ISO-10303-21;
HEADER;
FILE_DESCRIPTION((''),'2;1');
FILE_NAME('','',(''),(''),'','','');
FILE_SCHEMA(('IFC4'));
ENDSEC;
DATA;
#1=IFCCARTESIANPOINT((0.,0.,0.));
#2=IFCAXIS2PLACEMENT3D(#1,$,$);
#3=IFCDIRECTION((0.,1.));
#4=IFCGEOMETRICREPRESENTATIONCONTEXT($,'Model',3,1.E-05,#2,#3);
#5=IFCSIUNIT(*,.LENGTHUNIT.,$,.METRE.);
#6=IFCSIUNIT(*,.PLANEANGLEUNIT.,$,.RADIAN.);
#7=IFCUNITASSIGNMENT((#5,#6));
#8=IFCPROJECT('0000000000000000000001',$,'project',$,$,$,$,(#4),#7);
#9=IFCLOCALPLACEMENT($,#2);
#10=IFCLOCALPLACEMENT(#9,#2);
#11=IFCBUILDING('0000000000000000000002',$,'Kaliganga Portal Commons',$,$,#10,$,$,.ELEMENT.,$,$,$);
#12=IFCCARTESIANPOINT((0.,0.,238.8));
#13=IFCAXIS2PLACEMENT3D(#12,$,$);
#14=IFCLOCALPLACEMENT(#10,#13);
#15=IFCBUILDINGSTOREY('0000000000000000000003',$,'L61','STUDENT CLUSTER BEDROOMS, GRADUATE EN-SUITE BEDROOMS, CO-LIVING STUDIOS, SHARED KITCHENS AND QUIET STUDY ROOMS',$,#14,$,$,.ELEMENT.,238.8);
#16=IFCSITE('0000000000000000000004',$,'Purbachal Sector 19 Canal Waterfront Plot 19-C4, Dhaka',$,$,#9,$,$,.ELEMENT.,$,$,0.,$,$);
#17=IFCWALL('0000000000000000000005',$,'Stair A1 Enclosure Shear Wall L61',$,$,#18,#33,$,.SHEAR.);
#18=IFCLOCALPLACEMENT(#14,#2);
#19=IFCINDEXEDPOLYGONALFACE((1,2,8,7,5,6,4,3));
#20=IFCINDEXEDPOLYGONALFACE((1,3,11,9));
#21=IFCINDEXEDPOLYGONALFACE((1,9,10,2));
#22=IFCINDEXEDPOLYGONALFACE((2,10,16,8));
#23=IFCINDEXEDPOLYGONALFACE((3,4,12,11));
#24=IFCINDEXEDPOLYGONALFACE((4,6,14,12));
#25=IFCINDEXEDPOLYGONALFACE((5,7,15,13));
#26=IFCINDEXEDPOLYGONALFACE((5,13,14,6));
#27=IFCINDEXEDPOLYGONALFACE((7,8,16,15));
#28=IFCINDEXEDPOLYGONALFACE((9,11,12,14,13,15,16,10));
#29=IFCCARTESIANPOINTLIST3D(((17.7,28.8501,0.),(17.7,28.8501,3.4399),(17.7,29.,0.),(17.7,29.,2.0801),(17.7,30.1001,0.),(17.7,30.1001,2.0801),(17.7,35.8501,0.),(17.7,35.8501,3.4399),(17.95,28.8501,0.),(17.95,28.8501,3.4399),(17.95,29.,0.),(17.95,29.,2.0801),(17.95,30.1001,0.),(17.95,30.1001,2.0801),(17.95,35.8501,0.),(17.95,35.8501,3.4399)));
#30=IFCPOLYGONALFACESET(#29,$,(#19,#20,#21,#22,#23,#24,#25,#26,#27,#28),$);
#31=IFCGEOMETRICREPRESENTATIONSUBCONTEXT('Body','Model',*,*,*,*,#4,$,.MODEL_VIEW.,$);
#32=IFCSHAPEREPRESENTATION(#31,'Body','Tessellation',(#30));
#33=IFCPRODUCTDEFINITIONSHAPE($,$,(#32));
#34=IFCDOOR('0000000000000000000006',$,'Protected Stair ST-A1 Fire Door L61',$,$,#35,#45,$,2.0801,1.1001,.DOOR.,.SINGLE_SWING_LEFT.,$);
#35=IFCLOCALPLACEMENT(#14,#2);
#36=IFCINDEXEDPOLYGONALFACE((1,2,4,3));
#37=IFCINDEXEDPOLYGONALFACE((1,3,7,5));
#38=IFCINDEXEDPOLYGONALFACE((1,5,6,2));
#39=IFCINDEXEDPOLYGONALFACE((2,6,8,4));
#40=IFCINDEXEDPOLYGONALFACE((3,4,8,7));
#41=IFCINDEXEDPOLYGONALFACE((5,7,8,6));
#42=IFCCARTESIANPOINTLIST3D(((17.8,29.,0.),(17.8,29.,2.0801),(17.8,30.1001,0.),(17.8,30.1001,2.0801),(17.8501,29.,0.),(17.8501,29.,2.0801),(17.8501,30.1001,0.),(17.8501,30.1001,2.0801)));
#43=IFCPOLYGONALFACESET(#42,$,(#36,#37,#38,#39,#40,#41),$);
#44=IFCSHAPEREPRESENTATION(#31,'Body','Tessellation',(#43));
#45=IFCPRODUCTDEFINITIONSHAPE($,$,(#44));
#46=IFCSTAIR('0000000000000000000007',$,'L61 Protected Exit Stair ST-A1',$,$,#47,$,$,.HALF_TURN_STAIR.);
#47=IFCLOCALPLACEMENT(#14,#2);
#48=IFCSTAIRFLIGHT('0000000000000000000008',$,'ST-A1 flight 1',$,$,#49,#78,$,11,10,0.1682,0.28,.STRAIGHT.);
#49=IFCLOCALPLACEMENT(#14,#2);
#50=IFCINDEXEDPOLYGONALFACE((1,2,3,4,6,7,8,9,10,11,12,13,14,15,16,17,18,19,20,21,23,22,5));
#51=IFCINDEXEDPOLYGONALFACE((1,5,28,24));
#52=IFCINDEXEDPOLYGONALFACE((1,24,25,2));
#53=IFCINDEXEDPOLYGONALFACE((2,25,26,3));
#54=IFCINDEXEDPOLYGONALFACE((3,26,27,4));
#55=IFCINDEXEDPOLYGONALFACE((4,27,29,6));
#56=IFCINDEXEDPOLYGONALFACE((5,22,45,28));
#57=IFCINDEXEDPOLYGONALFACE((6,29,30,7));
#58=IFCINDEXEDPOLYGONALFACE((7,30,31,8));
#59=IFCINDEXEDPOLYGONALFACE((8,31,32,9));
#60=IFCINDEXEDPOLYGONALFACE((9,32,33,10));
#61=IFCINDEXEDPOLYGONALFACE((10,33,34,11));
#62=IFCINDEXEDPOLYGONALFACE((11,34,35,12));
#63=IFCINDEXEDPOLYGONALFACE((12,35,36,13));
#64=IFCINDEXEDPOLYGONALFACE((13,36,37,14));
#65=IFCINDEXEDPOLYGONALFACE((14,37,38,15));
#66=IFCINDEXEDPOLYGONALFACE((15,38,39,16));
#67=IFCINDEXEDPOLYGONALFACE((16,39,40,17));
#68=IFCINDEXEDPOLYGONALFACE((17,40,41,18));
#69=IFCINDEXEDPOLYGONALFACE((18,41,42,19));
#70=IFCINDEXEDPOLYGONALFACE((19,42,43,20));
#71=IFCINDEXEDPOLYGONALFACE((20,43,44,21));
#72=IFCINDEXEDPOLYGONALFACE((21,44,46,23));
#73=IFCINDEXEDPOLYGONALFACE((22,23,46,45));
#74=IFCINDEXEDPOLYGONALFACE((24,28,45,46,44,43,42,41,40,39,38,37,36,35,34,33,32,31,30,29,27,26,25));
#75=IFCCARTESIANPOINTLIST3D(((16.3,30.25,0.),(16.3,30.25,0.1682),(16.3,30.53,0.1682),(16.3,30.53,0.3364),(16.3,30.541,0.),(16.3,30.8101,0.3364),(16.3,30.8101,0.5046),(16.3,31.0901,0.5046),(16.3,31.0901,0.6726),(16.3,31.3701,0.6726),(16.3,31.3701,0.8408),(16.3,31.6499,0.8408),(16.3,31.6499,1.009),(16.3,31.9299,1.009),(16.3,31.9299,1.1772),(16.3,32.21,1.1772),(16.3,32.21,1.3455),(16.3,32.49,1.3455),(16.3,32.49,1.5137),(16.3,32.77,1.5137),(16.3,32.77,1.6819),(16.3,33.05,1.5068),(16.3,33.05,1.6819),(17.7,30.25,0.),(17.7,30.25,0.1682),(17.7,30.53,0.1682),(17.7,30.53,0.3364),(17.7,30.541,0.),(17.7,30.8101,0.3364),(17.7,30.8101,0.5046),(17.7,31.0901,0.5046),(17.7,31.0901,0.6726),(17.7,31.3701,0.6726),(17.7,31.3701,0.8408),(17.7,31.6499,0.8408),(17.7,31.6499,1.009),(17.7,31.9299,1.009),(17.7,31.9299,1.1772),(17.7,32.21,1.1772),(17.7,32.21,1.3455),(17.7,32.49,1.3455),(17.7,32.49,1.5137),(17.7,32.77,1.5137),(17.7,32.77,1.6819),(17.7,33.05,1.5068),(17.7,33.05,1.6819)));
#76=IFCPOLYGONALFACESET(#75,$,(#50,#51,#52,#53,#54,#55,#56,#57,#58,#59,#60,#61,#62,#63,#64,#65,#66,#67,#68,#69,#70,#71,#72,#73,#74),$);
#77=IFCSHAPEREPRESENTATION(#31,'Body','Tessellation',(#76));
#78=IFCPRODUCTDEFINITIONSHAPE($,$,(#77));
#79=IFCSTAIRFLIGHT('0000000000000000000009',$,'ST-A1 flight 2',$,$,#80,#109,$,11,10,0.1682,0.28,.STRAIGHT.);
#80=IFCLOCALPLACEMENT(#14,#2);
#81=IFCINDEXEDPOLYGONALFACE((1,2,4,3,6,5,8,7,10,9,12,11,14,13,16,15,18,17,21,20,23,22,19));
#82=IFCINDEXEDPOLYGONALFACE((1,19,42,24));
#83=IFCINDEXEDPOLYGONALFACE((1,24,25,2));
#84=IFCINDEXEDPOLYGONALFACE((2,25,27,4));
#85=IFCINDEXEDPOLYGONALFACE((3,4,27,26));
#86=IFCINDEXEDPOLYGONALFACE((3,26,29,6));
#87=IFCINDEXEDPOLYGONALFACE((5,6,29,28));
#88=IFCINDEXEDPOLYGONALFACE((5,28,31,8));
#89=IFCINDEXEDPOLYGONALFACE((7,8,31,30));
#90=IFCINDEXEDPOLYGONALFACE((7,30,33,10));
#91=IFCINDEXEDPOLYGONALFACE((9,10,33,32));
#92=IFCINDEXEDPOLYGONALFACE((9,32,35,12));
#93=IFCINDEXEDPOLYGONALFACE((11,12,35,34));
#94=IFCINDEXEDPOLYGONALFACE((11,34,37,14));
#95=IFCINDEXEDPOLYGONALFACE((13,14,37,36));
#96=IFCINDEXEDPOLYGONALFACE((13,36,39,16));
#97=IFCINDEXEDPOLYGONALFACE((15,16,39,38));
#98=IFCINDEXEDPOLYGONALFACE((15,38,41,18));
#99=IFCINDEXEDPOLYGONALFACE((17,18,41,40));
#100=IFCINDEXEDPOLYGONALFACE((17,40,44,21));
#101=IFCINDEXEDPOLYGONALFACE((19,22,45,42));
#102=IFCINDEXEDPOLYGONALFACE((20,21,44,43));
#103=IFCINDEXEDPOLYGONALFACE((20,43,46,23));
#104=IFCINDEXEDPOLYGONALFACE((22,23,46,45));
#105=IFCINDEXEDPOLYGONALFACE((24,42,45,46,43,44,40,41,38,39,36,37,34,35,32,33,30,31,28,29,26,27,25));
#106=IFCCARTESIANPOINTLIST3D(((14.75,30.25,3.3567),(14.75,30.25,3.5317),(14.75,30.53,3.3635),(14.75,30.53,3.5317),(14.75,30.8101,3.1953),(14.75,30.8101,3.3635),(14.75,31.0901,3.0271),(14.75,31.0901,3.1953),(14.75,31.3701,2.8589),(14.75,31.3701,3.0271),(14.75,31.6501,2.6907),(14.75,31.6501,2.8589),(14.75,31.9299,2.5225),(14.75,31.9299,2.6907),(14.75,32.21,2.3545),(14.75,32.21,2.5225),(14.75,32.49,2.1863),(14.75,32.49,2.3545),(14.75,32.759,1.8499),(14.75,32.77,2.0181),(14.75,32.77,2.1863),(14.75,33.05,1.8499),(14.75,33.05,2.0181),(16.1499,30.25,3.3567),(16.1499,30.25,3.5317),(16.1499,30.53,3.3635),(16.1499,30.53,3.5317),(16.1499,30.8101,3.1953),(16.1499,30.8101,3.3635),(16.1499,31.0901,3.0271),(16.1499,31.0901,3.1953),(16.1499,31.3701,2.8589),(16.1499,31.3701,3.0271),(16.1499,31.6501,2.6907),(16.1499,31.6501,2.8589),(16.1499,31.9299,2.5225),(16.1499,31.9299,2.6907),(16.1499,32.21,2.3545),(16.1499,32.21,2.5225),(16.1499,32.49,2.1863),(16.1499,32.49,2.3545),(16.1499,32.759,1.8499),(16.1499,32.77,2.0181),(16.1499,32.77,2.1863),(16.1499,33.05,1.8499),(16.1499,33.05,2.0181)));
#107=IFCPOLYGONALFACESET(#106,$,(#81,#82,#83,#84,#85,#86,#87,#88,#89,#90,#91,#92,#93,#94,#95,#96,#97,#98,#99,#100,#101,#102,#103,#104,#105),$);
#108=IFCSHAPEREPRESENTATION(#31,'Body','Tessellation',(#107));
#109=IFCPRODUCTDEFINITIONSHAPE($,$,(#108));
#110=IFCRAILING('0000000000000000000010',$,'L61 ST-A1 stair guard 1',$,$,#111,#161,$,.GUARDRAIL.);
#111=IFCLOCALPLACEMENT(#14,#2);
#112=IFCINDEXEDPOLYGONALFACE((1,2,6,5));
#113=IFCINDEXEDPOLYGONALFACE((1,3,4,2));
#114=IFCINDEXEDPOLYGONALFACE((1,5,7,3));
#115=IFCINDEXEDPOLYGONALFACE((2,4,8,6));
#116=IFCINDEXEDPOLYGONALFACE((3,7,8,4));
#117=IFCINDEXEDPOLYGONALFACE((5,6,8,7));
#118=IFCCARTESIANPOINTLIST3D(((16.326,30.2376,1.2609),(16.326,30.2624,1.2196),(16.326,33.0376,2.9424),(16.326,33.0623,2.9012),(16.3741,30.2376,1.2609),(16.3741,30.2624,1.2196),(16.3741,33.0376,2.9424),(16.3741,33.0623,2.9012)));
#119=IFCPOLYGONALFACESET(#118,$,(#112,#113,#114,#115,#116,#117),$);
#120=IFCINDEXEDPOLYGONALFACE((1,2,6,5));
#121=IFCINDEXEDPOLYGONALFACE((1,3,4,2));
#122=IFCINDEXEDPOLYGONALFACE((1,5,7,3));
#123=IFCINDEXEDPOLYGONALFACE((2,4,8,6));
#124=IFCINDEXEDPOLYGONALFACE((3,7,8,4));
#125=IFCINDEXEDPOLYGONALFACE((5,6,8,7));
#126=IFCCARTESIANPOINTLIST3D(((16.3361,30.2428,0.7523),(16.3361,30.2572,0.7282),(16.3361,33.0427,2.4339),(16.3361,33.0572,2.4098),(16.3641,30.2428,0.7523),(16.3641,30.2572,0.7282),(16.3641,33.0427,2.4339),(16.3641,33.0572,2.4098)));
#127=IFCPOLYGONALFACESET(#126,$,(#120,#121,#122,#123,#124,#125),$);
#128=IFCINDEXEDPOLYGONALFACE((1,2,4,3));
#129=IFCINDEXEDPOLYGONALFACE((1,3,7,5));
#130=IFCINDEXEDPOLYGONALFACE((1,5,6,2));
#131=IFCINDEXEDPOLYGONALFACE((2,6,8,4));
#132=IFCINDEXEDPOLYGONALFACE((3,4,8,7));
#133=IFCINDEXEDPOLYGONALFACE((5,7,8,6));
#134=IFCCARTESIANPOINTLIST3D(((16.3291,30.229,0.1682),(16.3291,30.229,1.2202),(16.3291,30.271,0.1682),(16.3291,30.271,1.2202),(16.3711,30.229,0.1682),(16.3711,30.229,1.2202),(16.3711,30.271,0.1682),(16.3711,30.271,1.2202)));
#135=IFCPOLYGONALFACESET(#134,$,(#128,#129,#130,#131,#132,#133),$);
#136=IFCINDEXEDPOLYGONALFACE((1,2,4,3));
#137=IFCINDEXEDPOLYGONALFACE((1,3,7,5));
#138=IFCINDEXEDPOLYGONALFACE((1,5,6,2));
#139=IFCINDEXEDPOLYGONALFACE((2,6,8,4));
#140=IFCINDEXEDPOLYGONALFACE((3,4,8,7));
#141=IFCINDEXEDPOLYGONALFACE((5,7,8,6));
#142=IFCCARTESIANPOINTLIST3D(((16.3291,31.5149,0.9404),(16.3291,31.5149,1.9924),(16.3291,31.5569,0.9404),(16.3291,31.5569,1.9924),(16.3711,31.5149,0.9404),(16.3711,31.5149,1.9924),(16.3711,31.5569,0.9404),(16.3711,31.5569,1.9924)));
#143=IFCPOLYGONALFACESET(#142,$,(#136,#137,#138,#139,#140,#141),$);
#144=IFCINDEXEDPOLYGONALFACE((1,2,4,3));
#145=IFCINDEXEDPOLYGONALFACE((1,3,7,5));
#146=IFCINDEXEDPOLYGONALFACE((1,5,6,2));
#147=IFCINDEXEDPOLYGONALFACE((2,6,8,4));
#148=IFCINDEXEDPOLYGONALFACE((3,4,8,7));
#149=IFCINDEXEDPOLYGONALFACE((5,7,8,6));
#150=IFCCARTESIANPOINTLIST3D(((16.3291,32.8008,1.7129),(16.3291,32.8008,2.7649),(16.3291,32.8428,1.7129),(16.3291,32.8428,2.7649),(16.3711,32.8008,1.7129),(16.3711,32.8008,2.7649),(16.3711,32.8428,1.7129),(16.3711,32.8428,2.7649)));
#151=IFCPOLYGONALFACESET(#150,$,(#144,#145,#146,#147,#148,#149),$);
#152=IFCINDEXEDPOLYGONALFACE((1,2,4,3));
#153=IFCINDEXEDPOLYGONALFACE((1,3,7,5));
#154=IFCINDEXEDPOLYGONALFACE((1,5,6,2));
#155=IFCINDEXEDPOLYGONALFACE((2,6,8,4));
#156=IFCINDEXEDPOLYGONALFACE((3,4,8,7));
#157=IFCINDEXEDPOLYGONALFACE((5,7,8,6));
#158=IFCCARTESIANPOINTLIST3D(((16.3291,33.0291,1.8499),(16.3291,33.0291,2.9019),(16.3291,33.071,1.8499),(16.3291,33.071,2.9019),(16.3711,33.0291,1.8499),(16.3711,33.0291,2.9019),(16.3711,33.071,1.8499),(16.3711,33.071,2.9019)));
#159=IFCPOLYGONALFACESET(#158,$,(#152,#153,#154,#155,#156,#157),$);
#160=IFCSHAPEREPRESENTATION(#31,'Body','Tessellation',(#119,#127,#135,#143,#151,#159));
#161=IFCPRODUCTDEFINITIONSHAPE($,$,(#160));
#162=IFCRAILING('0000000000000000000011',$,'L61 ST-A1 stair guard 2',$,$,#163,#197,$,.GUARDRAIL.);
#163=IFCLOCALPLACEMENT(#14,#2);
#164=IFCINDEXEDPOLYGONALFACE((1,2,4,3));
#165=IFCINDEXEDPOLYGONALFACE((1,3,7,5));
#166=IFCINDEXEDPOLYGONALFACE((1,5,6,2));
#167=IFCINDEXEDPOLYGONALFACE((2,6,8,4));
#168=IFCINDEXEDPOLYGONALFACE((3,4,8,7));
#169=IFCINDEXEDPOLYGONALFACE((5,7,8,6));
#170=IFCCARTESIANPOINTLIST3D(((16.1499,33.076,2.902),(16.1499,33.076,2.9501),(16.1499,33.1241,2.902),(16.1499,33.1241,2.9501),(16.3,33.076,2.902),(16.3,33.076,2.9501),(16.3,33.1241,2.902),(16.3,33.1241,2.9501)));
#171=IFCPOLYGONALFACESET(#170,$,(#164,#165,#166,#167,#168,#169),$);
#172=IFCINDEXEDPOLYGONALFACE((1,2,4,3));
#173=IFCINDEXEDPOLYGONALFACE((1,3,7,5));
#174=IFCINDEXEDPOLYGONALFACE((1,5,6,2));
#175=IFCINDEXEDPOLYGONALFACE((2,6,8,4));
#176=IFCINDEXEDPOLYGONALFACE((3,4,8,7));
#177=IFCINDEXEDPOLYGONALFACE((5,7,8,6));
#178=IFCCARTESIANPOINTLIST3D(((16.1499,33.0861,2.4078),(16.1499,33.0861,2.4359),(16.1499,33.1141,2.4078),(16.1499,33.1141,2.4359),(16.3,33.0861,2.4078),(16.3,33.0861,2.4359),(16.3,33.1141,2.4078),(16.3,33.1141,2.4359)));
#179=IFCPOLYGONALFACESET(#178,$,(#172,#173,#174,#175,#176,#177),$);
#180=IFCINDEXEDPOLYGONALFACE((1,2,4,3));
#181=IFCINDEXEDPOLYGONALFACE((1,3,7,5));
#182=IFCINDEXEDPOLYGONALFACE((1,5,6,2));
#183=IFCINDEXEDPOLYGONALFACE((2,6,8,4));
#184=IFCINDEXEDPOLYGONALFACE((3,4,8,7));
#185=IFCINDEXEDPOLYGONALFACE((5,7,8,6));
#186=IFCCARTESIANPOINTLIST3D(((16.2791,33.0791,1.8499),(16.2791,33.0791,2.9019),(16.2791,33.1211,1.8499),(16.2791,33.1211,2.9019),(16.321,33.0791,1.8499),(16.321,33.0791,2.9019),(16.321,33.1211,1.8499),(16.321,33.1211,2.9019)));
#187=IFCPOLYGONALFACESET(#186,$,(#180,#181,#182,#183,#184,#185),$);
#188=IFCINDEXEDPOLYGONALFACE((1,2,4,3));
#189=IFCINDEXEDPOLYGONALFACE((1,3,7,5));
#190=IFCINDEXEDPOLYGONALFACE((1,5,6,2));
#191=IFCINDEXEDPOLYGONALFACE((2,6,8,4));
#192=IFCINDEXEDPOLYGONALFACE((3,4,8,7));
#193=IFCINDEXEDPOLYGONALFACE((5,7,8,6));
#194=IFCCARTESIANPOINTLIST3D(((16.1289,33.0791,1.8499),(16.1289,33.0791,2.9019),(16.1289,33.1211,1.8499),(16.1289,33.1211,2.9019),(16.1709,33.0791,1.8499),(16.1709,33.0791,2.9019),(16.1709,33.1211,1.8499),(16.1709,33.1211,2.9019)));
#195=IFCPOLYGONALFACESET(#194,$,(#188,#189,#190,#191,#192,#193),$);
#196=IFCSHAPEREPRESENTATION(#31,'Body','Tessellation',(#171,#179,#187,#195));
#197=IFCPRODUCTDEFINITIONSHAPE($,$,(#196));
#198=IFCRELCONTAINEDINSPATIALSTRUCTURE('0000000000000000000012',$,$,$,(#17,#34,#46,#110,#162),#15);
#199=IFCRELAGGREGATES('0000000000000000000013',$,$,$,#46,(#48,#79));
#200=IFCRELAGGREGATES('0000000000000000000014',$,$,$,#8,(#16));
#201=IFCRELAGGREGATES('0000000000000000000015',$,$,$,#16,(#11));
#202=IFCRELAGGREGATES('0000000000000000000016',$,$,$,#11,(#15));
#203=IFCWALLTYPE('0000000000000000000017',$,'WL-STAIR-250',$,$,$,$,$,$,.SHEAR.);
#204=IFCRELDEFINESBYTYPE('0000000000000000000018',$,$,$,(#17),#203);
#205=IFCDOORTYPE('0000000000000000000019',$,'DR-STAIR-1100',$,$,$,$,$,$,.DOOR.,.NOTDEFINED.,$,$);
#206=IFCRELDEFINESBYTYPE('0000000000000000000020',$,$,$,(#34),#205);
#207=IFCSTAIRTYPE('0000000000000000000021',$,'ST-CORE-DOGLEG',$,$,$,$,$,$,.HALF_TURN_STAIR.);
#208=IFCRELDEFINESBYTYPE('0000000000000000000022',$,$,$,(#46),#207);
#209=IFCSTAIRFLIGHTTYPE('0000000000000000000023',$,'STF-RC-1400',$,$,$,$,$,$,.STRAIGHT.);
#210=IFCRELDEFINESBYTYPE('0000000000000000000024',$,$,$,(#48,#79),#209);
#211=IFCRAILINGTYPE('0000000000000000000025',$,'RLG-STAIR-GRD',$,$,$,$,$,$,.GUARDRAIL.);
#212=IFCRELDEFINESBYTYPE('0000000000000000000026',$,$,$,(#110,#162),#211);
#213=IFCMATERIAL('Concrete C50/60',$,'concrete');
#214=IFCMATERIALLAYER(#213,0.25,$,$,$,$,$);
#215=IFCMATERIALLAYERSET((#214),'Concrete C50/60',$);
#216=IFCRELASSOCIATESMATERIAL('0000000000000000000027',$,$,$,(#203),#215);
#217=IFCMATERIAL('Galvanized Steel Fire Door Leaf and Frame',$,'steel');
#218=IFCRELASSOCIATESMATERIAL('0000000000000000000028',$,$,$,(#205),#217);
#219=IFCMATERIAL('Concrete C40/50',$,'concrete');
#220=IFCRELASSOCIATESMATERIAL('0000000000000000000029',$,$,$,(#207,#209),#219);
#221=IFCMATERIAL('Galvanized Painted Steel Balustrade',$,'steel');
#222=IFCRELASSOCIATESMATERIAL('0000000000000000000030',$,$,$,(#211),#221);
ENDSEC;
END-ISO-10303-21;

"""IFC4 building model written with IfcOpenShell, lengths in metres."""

from ifc_helpers import new_model, si_unit, direction, frame, frame_2d, origin, origin_2d, place, context, subcontext, project, spatial, polyline, rectangle, outline, extrude, material, layer, layer_set, type_object, element, fill, aggregate, save


model = new_model("IFC4")

# Units and contexts
model_context = context("Model", 3, precision=1e-05, world=origin(), true_north=direction((0.0, 1.0)))
body_context = subcontext(model_context, "Body", "Model", "MODEL_VIEW")
ifc_project = project(units=[si_unit("LENGTHUNIT", "METRE"), si_unit("PLANEANGLEUNIT", "RADIAN")], contexts=[model_context])

# Site, building, storey
site_placement = place(None, origin())
site = spatial("IfcSite", under=ifc_project, at=site_placement, Name="Purbachal Sector 19 Canal Waterfront Plot 19-C4, Dhaka", CompositionType="ELEMENT", RefElevation=0.0)
building_placement = place(site_placement, origin())
building = spatial("IfcBuilding", under=site, at=building_placement, Name="Kaliganga Portal Commons", CompositionType="ELEMENT")
storey_placement = place(building_placement, frame((0.0, 0.0, 238.8)))
storey = spatial("IfcBuildingStorey", under=building, at=storey_placement, Name="L61", Description="STUDENT CLUSTER BEDROOMS, GRADUATE EN-SUITE BEDROOMS, CO-LIVING STUDIOS, SHARED KITCHENS AND QUIET STUDY ROOMS", CompositionType="ELEMENT", Elevation=238.8)

# Shared definitions
ifc_material_1 = material(Name="Concrete C50/60", Category="concrete")

# Wall, opening, door
ifc_layer_1 = layer(ifc_material_1, 0.25)
ifc_layer_set_1 = layer_set([ifc_layer_1], Name="Concrete C50/60")
wall_type_1 = type_object("IfcWallType", Name="WL-STAIR-250", PredefinedType="SHEAR", material=ifc_layer_set_1)
wall_1_placement = place(storey_placement, frame((17.825, 28.8501, 0.0), z_axis=(0.0, 0.0, 1.0), x_axis=(0.0, 1.0, 0.0)))
wall_1 = element("IfcWall", 1, at=wall_1_placement, inside=storey, type_object=wall_type_1, Name="Stair A1 Enclosure Shear Wall L61", PredefinedType="SHEAR", context=body_context, shape_type="SweptSolid", body=[
    extrude(rectangle(XDim=7.0, YDim=0.25, at=frame_2d((3.5, 0.0))), origin(), (0.0, 0.0, 1.0), 3.4399),
])
opening_1_placement = place(wall_1_placement, frame((0.1499, 0.0, 0.0)))
opening_1 = element("IfcOpeningElement", 2, at=opening_1_placement, cuts=wall_1, PredefinedType="OPENING", context=body_context, shape_type="SweptSolid", body=[
    extrude(rectangle(XDim=1.1001, YDim=2.0801, at=frame_2d((0.55, 1.04))), frame((0.0, 0.135, 0.0), z_axis=(0.0, -1.0, 0.0), x_axis=(1.0, 0.0, 0.0)), (0.0, 0.0, 1.0), 0.27),
])
ifc_material_2 = material(Name="Galvanized Steel Fire Door Leaf and Frame", Category="steel")
door_type_1 = type_object("IfcDoorType", Name="DR-STAIR-1100", OperationType="NOTDEFINED", PredefinedType="DOOR", material=ifc_material_2)
door_1_placement = place(opening_1_placement, origin())
door_1 = element("IfcDoor", 3, at=door_1_placement, inside=storey, type_object=door_type_1, Name="Protected Stair ST-A1 Fire Door L61", OperationType="SINGLE_SWING_LEFT", OverallHeight=2.0801, OverallWidth=1.1001, PredefinedType="DOOR", context=body_context, shape_type="SweptSolid", body=[
    extrude(rectangle(XDim=1.1001, YDim=2.0801, at=frame_2d((0.55, 1.04))), frame((0.0, 0.0249, 0.0), z_axis=(0.0, -1.0, 0.0), x_axis=(1.0, 0.0, 0.0)), (0.0, 0.0, 1.0), 0.05),
])
fill(opening_1, door_1)

# Stair, stair flights
ifc_material_3 = material(Name="Concrete C40/50", Category="concrete")
stair_type = type_object("IfcStairType", Name="ST-CORE-DOGLEG", PredefinedType="HALF_TURN_STAIR", material=ifc_material_3)
stair_placement = place(storey_placement, origin())
stair = element("IfcStair", 4, at=stair_placement, inside=storey, type_object=stair_type, Name="L61 Protected Exit Stair ST-A1", PredefinedType="HALF_TURN_STAIR")
stair_flight_type = type_object("IfcStairFlightType", Name="STF-RC-1400", PredefinedType="STRAIGHT", material=ifc_material_3)
stair_flight_1_placement = place(storey_placement, frame((17.0, 30.25, 0.0), z_axis=(0.0, 0.0, 1.0), x_axis=(0.0, 1.0, 0.0)))
stair_flight_1 = element("IfcStairFlight", 5, at=stair_flight_1_placement, type_object=stair_flight_type, Name="ST-A1 flight 1", NumberOfRisers=11, NumberOfTreads=10, PredefinedType="STRAIGHT", RiserHeight=0.1682, TreadLength=0.28, context=body_context, shape_type="SweptSolid", body=[
    extrude(outline(polyline([(0.0, 0.0), (0.0, 0.1682), (0.28, 0.1682), (0.28, 0.3364), (0.5601, 0.3364), (0.5601, 0.5046), (0.8401, 0.5046), (0.8401, 0.6726), (1.1201, 0.6726), (1.1201, 0.8408), (1.3999, 0.8408), (1.3999, 1.009), (1.6799, 1.009), (1.6799, 1.1772), (1.96, 1.1772), (1.96, 1.3455), (2.24, 1.3455), (2.24, 1.5137), (2.52, 1.5137), (2.52, 1.6819), (2.8, 1.6819), (2.8, 1.8501), (2.8, 1.5068), (0.291, 0.0), (0.0, 0.0)])), frame((0.0, 0.7, 0.0), z_axis=(0.0, -1.0, 0.0), x_axis=(1.0, 0.0, 0.0)), (0.0, 0.0, 1.0), 1.3999),
])
stair_flight_2_placement = place(storey_placement, frame((15.45, 33.05, 1.8499), z_axis=(0.0, 0.0, 1.0), x_axis=(0.0, -1.0, 0.0)))
stair_flight_2 = element("IfcStairFlight", 6, at=stair_flight_2_placement, type_object=stair_flight_type, Name="ST-A1 flight 2", NumberOfRisers=11, NumberOfTreads=10, PredefinedType="STRAIGHT", RiserHeight=0.1682, TreadLength=0.28, context=body_context, shape_type="SweptSolid", body=[
    extrude(outline(polyline([(0.0, 0.0), (0.0, 0.1682), (0.28, 0.1682), (0.28, 0.3364), (0.5601, 0.3364), (0.5601, 0.5046), (0.8401, 0.5046), (0.8401, 0.6726), (1.1201, 0.6726), (1.1201, 0.8408), (1.3999, 0.8408), (1.3999, 1.009), (1.6799, 1.009), (1.6799, 1.1772), (1.96, 1.1772), (1.96, 1.3455), (2.24, 1.3455), (2.24, 1.5137), (2.52, 1.5137), (2.52, 1.6819), (2.8, 1.6819), (2.8, 1.8501), (2.8, 1.5068), (0.291, 0.0), (0.0, 0.0)])), frame((0.0, 0.7, 0.0), z_axis=(0.0, -1.0, 0.0), x_axis=(1.0, 0.0, 0.0)), (0.0, 0.0, 1.0), 1.3999),
])
aggregate(stair, [stair_flight_1, stair_flight_2])

# Railings
ifc_material_4 = material(Name="Galvanized Painted Steel Balustrade", Category="steel")
railing_type_1 = type_object("IfcRailingType", Name="RLG-STAIR-GRD", PredefinedType="GUARDRAIL", material=ifc_material_4)
railing_1_placement = place(storey_placement, frame((16.3501, 30.25, 0.1682)))
element("IfcRailing", 7, at=railing_1_placement, inside=storey, type_object=railing_type_1, Name="L61 ST-A1 stair guard 1", PredefinedType="GUARDRAIL", context=body_context, shape_type="SweptSolid", body=[
    extrude(rectangle(XDim=0.0481, YDim=0.0481, at=origin_2d()), frame((0.0, 0.0, 1.072), z_axis=(0.0, 0.857275, 0.514858), x_axis=(-1.0, 0.0, 0.0)), (0.0, 0.0, 1.0), 3.2661),
    extrude(rectangle(XDim=0.0281, YDim=0.0281, at=origin_2d()), frame((0.0, 0.0, 0.572), z_axis=(0.0, 0.857275, 0.514858), x_axis=(-1.0, 0.0, 0.0)), (0.0, 0.0, 1.0), 3.2661),
    extrude(rectangle(XDim=0.042, YDim=0.042, at=origin_2d()), origin(), (0.0, 0.0, 1.0), 1.052),
    extrude(rectangle(XDim=0.042, YDim=0.042, at=origin_2d()), frame((0.0, 1.2859, 0.7722)), (0.0, 0.0, 1.0), 1.052),
    extrude(rectangle(XDim=0.042, YDim=0.042, at=origin_2d()), frame((0.0, 2.5718, 1.5447)), (0.0, 0.0, 1.0), 1.052),
    extrude(rectangle(XDim=0.042, YDim=0.042, at=origin_2d()), frame((0.0, 2.8, 1.6816)), (0.0, 0.0, 1.0), 1.052),
])
railing_2_placement = place(storey_placement, frame((16.3, 33.1001, 1.8499)))
element("IfcRailing", 8, at=railing_2_placement, inside=storey, type_object=railing_type_1, Name="L61 ST-A1 stair guard 2", PredefinedType="GUARDRAIL", context=body_context, shape_type="SweptSolid", body=[
    extrude(rectangle(XDim=0.0481, YDim=0.0481, at=origin_2d()), frame((0.0, 0.0, 1.0762), z_axis=(-1.0, 0.0, 0.0), x_axis=(0.0, -1.0, 0.0)), (0.0, 0.0, 1.0), 0.1501),
    extrude(rectangle(XDim=0.0281, YDim=0.0281, at=origin_2d()), frame((0.0, 0.0, 0.572), z_axis=(-1.0, 0.0, 0.0), x_axis=(0.0, -1.0, 0.0)), (0.0, 0.0, 1.0), 0.1501),
    extrude(rectangle(XDim=0.042, YDim=0.042, at=origin_2d()), origin(), (0.0, 0.0, 1.0), 1.052),
    extrude(rectangle(XDim=0.042, YDim=0.042, at=origin_2d()), frame((-0.1501, 0.0, 0.0)), (0.0, 0.0, 1.0), 1.052),
])

save(model, "model.ifc")
